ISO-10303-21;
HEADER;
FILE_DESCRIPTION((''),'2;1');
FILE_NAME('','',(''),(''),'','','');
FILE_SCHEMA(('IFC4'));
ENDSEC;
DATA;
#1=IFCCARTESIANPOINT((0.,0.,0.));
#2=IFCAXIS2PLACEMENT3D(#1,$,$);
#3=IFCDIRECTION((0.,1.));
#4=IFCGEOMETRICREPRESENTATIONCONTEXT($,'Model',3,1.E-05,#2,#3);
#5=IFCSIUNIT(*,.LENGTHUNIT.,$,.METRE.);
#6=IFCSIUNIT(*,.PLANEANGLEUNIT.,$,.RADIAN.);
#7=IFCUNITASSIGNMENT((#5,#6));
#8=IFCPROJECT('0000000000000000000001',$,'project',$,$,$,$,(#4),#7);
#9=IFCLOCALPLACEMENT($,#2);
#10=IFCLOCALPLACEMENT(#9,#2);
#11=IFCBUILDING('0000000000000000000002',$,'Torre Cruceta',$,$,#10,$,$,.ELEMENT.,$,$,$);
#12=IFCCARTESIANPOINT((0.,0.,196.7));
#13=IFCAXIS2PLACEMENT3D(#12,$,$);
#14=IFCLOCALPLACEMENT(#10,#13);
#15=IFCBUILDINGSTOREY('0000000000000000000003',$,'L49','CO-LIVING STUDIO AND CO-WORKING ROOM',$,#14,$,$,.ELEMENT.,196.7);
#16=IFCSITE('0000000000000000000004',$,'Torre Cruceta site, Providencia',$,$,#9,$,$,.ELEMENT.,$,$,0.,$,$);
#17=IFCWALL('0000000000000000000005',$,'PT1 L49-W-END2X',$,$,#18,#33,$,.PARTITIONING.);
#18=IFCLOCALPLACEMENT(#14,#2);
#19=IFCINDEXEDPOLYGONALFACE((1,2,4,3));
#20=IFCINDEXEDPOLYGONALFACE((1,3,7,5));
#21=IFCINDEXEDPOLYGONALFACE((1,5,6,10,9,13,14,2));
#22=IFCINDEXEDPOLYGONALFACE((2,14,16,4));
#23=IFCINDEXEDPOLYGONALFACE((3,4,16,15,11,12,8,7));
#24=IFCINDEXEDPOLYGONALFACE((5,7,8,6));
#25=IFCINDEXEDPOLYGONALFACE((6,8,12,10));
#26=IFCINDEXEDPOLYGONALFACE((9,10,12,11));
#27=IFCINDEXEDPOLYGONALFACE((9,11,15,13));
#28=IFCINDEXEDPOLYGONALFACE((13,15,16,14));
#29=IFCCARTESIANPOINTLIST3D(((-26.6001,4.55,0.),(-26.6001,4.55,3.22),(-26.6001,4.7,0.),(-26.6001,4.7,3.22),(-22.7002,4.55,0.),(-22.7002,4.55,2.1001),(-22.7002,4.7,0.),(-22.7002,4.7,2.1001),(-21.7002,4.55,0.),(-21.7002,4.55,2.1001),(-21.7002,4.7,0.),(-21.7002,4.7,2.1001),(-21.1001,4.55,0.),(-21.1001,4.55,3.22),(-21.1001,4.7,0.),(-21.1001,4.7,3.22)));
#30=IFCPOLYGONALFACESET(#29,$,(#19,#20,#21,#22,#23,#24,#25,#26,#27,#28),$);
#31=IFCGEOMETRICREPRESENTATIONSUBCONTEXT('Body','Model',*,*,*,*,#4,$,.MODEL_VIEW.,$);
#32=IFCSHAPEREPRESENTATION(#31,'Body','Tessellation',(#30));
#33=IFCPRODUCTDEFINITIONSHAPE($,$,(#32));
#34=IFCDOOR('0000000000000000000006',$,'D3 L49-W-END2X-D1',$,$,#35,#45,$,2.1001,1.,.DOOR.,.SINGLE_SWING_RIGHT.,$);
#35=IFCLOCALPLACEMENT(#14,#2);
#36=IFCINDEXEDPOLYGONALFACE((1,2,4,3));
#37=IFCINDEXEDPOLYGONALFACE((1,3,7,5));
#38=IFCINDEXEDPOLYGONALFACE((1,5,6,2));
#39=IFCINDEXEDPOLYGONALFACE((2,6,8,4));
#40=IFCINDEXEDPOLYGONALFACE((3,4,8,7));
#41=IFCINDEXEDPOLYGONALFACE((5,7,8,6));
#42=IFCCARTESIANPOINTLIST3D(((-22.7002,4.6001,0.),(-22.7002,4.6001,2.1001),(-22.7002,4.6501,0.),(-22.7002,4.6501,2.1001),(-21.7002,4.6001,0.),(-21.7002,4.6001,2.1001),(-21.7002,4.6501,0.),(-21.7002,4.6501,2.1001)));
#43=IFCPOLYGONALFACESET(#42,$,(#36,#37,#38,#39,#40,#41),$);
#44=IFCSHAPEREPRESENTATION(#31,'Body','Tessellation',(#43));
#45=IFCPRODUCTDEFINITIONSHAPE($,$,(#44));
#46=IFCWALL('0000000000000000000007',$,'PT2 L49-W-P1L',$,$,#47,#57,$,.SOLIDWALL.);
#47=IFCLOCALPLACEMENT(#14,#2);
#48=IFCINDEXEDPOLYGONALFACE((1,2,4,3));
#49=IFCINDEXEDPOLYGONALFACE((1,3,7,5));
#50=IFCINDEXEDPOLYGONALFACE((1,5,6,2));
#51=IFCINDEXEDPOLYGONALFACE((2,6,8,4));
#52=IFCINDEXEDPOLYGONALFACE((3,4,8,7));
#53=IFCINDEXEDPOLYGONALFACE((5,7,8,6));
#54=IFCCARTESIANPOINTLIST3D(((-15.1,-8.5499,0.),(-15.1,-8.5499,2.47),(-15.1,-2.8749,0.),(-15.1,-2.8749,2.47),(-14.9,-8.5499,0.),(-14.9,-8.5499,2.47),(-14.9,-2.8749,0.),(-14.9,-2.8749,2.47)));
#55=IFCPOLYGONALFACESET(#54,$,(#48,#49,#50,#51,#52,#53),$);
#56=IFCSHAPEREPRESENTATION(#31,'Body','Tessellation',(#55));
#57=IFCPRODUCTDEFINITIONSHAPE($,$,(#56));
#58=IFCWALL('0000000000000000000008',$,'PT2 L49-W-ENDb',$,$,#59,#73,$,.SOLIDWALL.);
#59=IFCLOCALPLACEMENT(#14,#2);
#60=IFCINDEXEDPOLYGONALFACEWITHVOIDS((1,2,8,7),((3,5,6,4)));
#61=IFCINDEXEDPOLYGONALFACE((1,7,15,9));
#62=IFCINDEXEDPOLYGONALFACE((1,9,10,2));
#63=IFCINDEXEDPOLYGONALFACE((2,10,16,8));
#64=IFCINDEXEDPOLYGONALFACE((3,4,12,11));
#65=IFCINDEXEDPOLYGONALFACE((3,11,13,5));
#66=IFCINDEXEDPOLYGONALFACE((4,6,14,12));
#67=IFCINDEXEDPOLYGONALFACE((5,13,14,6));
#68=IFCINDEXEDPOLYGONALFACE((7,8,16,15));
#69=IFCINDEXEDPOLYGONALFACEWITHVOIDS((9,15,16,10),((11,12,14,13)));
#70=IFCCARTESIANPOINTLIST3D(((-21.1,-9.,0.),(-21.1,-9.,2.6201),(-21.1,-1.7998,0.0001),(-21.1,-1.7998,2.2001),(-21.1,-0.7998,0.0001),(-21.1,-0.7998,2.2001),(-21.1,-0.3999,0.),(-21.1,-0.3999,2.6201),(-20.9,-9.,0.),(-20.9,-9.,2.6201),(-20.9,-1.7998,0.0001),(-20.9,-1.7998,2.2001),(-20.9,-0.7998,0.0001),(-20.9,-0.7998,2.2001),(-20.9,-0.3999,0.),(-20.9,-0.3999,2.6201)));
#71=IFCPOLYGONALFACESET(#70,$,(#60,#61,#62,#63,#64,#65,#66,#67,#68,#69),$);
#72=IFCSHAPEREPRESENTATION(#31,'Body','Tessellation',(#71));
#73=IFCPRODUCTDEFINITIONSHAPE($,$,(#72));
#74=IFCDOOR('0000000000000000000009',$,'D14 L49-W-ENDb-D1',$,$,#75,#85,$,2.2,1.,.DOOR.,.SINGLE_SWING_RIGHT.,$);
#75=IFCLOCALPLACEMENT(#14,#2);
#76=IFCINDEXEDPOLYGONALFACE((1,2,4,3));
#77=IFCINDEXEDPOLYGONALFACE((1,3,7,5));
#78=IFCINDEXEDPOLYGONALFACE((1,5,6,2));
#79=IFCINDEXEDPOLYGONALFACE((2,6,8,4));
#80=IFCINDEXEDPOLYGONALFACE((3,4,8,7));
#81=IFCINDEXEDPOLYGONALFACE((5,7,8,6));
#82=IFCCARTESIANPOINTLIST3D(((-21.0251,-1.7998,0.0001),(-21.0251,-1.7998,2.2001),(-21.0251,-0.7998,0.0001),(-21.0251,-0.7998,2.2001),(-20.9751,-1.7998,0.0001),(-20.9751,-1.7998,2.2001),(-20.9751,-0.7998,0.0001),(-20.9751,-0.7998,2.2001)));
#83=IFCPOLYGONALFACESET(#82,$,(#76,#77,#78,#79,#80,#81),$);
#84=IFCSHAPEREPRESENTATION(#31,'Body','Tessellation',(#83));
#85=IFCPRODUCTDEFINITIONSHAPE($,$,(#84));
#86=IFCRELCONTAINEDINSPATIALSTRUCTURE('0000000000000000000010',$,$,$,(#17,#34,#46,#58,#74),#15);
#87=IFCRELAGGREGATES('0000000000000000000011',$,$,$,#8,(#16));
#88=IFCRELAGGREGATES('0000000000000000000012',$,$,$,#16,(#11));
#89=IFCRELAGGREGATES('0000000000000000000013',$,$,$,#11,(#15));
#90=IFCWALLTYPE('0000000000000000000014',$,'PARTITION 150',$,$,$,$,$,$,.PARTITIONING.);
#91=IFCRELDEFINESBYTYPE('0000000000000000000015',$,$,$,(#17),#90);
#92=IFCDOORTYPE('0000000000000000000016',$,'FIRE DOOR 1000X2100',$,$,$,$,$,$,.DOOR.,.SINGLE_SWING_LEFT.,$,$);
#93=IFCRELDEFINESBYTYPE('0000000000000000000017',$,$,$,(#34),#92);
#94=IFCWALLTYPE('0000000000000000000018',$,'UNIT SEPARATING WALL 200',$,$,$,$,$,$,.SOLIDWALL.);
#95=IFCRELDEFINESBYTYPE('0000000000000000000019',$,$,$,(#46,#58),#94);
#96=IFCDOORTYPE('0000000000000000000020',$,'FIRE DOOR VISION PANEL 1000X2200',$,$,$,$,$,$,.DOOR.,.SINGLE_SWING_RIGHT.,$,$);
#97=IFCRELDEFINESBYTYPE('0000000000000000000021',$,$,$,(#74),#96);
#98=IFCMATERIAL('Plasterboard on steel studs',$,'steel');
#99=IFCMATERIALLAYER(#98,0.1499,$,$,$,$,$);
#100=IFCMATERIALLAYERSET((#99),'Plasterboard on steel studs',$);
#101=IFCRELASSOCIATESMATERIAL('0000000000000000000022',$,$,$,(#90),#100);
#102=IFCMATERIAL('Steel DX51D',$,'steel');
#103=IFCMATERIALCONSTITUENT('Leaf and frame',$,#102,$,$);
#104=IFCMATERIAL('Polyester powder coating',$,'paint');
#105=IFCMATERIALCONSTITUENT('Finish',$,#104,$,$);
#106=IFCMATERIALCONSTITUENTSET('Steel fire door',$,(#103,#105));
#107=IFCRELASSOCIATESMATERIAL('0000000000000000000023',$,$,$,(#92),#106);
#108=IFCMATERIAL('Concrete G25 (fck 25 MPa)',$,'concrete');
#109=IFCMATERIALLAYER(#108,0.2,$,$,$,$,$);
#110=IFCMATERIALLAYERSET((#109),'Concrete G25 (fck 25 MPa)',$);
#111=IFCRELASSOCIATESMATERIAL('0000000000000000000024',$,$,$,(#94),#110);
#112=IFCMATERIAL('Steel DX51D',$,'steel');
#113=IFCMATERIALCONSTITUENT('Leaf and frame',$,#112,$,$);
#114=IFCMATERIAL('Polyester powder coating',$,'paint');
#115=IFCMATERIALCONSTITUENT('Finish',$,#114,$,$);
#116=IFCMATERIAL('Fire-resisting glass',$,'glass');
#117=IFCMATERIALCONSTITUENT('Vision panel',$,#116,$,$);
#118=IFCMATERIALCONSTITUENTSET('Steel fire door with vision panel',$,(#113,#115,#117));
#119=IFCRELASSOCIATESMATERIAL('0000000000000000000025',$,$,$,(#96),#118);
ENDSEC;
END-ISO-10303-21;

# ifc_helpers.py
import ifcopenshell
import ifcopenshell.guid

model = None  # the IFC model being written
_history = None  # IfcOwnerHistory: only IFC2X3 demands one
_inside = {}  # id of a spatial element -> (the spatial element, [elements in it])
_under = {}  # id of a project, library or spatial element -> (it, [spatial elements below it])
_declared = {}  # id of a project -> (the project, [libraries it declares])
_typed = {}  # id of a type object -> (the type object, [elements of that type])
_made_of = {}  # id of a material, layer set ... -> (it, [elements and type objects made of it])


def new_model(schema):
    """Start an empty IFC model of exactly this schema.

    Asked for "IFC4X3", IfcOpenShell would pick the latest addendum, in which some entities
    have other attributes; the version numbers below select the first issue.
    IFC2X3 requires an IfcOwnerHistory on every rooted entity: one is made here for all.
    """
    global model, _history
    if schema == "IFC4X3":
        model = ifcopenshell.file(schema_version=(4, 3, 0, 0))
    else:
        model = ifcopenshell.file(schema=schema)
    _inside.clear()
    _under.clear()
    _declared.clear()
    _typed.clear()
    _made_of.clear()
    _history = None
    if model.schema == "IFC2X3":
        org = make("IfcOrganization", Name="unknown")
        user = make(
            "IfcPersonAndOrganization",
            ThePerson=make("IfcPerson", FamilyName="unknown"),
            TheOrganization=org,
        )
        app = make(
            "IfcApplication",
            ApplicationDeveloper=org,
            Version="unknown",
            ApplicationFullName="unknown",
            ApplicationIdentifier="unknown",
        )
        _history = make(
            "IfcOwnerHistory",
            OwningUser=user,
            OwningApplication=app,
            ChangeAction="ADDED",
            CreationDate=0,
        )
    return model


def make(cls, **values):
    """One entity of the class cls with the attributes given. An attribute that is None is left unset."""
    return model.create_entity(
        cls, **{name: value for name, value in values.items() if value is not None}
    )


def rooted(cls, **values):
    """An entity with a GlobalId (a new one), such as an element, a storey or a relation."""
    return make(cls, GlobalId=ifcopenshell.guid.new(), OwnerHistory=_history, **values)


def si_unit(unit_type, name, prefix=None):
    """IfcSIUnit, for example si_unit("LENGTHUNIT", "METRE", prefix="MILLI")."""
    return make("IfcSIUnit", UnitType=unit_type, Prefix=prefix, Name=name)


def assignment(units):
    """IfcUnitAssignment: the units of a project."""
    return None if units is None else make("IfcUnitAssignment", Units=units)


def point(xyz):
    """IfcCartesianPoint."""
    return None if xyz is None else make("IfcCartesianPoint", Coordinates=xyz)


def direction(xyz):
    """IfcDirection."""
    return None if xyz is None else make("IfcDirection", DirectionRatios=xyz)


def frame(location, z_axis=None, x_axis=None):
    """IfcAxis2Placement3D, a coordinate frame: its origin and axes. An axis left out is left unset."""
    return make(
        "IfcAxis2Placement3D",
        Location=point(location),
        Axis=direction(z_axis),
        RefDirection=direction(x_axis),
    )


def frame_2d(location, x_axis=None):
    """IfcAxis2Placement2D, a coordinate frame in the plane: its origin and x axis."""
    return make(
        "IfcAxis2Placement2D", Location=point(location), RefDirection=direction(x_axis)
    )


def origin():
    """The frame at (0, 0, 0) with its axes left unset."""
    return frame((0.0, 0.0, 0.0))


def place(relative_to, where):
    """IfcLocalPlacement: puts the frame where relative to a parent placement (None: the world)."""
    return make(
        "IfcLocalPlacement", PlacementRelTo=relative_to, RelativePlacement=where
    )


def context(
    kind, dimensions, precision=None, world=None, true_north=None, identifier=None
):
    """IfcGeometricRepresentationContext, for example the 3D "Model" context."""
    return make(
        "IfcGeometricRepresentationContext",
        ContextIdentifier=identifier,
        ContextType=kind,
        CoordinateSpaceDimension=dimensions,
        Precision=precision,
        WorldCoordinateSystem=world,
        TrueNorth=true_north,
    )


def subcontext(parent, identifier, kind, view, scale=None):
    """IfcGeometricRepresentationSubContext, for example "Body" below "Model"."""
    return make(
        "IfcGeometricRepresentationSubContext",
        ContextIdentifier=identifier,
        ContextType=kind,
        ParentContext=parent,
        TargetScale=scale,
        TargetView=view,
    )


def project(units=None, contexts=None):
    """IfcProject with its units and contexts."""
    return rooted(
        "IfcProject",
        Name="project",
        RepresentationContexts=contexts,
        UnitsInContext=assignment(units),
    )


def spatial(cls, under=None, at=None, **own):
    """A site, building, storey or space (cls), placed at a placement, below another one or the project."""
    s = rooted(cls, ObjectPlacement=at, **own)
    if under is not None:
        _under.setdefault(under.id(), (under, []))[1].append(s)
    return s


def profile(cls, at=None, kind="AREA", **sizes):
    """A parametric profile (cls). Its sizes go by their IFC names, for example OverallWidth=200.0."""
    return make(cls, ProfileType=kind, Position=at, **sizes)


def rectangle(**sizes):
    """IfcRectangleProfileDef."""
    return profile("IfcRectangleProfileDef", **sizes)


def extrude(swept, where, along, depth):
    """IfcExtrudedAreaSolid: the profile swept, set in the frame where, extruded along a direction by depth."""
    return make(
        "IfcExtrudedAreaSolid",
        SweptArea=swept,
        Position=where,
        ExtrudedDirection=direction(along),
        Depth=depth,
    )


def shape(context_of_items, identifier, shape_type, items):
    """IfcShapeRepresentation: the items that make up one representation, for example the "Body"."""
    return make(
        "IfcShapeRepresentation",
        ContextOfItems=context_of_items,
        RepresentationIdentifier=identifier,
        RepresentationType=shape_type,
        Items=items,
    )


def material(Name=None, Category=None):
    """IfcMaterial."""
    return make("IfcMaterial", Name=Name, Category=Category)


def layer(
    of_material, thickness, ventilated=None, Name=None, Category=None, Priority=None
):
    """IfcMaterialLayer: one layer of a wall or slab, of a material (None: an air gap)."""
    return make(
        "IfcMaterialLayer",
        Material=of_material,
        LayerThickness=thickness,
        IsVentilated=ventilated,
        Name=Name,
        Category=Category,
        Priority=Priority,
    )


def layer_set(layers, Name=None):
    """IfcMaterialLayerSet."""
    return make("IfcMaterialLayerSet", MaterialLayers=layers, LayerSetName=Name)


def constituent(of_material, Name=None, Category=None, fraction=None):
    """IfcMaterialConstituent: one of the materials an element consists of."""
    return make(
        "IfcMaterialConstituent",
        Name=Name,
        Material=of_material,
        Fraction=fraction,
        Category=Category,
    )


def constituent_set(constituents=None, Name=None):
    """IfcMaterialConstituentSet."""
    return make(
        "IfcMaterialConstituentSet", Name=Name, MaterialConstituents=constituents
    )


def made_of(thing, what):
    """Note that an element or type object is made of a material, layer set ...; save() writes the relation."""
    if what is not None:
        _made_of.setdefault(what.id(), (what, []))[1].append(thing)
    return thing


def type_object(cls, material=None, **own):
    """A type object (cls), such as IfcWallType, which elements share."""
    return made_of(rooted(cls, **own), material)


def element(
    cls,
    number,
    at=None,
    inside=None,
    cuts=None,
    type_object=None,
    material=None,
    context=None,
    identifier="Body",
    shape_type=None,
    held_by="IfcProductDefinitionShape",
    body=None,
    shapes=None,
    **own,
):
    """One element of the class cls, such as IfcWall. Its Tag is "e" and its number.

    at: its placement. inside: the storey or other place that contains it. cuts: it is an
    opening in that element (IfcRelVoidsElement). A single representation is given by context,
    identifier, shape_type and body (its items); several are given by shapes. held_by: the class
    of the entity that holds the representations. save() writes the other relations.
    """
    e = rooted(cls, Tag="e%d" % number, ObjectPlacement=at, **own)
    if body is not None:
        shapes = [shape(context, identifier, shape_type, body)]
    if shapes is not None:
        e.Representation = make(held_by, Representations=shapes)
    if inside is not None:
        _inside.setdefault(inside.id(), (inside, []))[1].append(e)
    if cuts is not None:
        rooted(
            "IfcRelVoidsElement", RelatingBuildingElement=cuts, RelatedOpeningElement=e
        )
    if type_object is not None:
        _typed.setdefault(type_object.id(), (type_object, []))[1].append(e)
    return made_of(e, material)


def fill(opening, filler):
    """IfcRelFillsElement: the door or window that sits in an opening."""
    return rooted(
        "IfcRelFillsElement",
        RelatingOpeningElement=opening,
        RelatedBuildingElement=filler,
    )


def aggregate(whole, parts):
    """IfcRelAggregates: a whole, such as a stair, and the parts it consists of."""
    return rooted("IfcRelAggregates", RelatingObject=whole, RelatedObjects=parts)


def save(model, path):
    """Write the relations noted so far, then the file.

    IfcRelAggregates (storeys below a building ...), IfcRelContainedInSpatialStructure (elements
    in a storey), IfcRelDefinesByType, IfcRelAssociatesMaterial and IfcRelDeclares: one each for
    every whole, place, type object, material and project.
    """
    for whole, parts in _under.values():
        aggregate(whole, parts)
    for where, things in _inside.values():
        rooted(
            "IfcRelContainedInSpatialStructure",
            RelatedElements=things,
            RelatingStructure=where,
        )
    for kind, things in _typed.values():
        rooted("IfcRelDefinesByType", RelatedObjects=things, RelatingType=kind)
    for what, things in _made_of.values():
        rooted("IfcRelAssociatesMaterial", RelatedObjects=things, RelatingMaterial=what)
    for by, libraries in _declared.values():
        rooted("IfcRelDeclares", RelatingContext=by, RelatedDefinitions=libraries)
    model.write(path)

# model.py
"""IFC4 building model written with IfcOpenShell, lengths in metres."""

from ifc_helpers import new_model, si_unit, direction, frame, frame_2d, origin, place, context, subcontext, project, spatial, rectangle, extrude, material, layer, layer_set, constituent, constituent_set, type_object, element, fill, save


model = new_model("IFC4")

# Units and contexts
model_context = context("Model", 3, precision=1e-05, world=origin(), true_north=direction((0.0, 1.0)))
body_context = subcontext(model_context, "Body", "Model", "MODEL_VIEW")
ifc_project = project(units=[si_unit("LENGTHUNIT", "METRE"), si_unit("PLANEANGLEUNIT", "RADIAN")], contexts=[model_context])

# Site, building, storey
site_placement = place(None, origin())
site = spatial("IfcSite", under=ifc_project, at=site_placement, Name="Torre Cruceta site, Providencia", CompositionType="ELEMENT", RefElevation=0.0)
building_placement = place(site_placement, origin())
building = spatial("IfcBuilding", under=site, at=building_placement, Name="Torre Cruceta", CompositionType="ELEMENT")
storey_placement = place(building_placement, frame((0.0, 0.0, 196.7)))
storey = spatial("IfcBuildingStorey", under=building, at=storey_placement, Name="L49", Description="CO-LIVING STUDIO AND CO-WORKING ROOM", CompositionType="ELEMENT", Elevation=196.7)

# Wall, opening, door
ifc_material_1 = material(Name="Plasterboard on steel studs", Category="steel")
ifc_layer_1 = layer(ifc_material_1, 0.1499)
ifc_layer_set_1 = layer_set([ifc_layer_1], Name="Plasterboard on steel studs")
wall_type_1 = type_object("IfcWallType", Name="PARTITION 150", PredefinedType="PARTITIONING", material=ifc_layer_set_1)
wall_1_placement = place(storey_placement, frame((-21.1001, 4.625, 0.0), z_axis=(0.0, 0.0, 1.0), x_axis=(-1.0, 0.0, 0.0)))
wall_1 = element("IfcWall", 1, at=wall_1_placement, inside=storey, type_object=wall_type_1, Name="PT1 L49-W-END2X", PredefinedType="PARTITIONING", context=body_context, shape_type="SweptSolid", body=[
    extrude(rectangle(XDim=5.5, YDim=0.1499, at=frame_2d((2.75, 0.0))), origin(), (0.0, 0.0, 1.0), 3.22),
])
opening_1_placement = place(wall_1_placement, frame((0.6001, 0.0, 0.0)))
opening_1 = element("IfcOpeningElement", 2, at=opening_1_placement, cuts=wall_1, PredefinedType="OPENING", context=body_context, shape_type="SweptSolid", body=[
    extrude(rectangle(XDim=1.0, YDim=2.1001, at=frame_2d((0.5, 1.05))), frame((0.0, 0.085, 0.0), z_axis=(0.0, -1.0, 0.0), x_axis=(1.0, 0.0, 0.0)), (0.0, 0.0, 1.0), 0.1699),
])
ifc_material_2 = material(Name="Steel DX51D", Category="steel")
ifc_constituent_1 = constituent(ifc_material_2, Name="Leaf and frame")
ifc_material_3 = material(Name="Polyester powder coating", Category="paint")
ifc_constituent_2 = constituent(ifc_material_3, Name="Finish")
ifc_constituent_set_1 = constituent_set(constituents=[ifc_constituent_1, ifc_constituent_2], Name="Steel fire door")
door_type_1 = type_object("IfcDoorType", Name="FIRE DOOR 1000X2100", OperationType="SINGLE_SWING_LEFT", PredefinedType="DOOR", material=ifc_constituent_set_1)
door_1_placement = place(opening_1_placement, frame((1.0, 0.0, 0.0), z_axis=(0.0, 0.0, 1.0), x_axis=(-1.0, 0.0, 0.0)))
door_1 = element("IfcDoor", 3, at=door_1_placement, inside=storey, type_object=door_type_1, Name="D3 L49-W-END2X-D1", OperationType="SINGLE_SWING_RIGHT", OverallHeight=2.1001, OverallWidth=1.0, PredefinedType="DOOR", context=body_context, shape_type="SweptSolid", body=[
    extrude(rectangle(XDim=1.0, YDim=2.1001, at=frame_2d((0.5, 1.05))), frame((0.0, 0.0251, 0.0), z_axis=(0.0, -1.0, 0.0), x_axis=(1.0, 0.0, 0.0)), (0.0, 0.0, 1.0), 0.05),
])
fill(opening_1, door_1)

# Wall
ifc_material_4 = material(Name="Concrete G25 (fck 25 MPa)", Category="concrete")
ifc_layer_2 = layer(ifc_material_4, 0.2)
ifc_layer_set_2 = layer_set([ifc_layer_2], Name="Concrete G25 (fck 25 MPa)")
wall_type_2 = type_object("IfcWallType", Name="UNIT SEPARATING WALL 200", PredefinedType="SOLIDWALL", material=ifc_layer_set_2)
wall_2_placement = place(storey_placement, frame((-15.0, -2.875, 0.0), z_axis=(0.0, 0.0, 1.0), x_axis=(0.0, -1.0, 0.0)))
element("IfcWall", 4, at=wall_2_placement, inside=storey, type_object=wall_type_2, Name="PT2 L49-W-P1L", PredefinedType="SOLIDWALL", context=body_context, shape_type="SweptSolid", body=[
    extrude(rectangle(XDim=5.675, YDim=0.2, at=frame_2d((2.8374, 0.0))), origin(), (0.0, 0.0, 1.0), 2.47),
])

# Wall, opening, door
wall_3_placement = place(storey_placement, frame((-21.0, -0.3999, 0.0), z_axis=(0.0, 0.0, 1.0), x_axis=(0.0, -1.0, 0.0)))
wall_3 = element("IfcWall", 5, at=wall_3_placement, inside=storey, type_object=wall_type_2, Name="PT2 L49-W-ENDb", PredefinedType="SOLIDWALL", context=body_context, shape_type="SweptSolid", body=[
    extrude(rectangle(XDim=8.6001, YDim=0.2, at=frame_2d((4.3, 0.0))), origin(), (0.0, 0.0, 1.0), 2.6201),
])
opening_2_placement = place(wall_3_placement, frame((0.3999, 0.0, 0.0)))
opening_2 = element("IfcOpeningElement", 6, at=opening_2_placement, cuts=wall_3, PredefinedType="OPENING", context=body_context, shape_type="SweptSolid", body=[
    extrude(rectangle(XDim=1.0, YDim=2.2, at=frame_2d((0.5, 1.1001))), frame((0.0, 0.1099, 0.0), z_axis=(0.0, -1.0, 0.0), x_axis=(1.0, 0.0, 0.0)), (0.0, 0.0, 1.0), 0.22),
])
ifc_material_5 = material(Name="Steel DX51D", Category="steel")
ifc_constituent_3 = constituent(ifc_material_5, Name="Leaf and frame")
ifc_material_6 = material(Name="Polyester powder coating", Category="paint")
ifc_constituent_4 = constituent(ifc_material_6, Name="Finish")
ifc_material_7 = material(Name="Fire-resisting glass", Category="glass")
ifc_constituent_5 = constituent(ifc_material_7, Name="Vision panel")
ifc_constituent_set_2 = constituent_set(constituents=[ifc_constituent_3, ifc_constituent_4, ifc_constituent_5], Name="Steel fire door with vision panel")
door_type_2 = type_object("IfcDoorType", Name="FIRE DOOR VISION PANEL 1000X2200", OperationType="SINGLE_SWING_RIGHT", PredefinedType="DOOR", material=ifc_constituent_set_2)
door_2_placement = place(opening_2_placement, frame((1.0, 0.0, 0.0), z_axis=(0.0, 0.0, 1.0), x_axis=(-1.0, 0.0, 0.0)))
door_2 = element("IfcDoor", 7, at=door_2_placement, inside=storey, type_object=door_type_2, Name="D14 L49-W-ENDb-D1", OperationType="SINGLE_SWING_RIGHT", OverallHeight=2.2, OverallWidth=1.0, PredefinedType="DOOR", context=body_context, shape_type="SweptSolid", body=[
    extrude(rectangle(XDim=1.0, YDim=2.2, at=frame_2d((0.5, 1.1001))), frame((0.0, 0.0251, 0.0), z_axis=(0.0, -1.0, 0.0), x_axis=(1.0, 0.0, 0.0)), (0.0, 0.0, 1.0), 0.05),
])
fill(opening_2, door_2)

save(model, "model.ifc")
